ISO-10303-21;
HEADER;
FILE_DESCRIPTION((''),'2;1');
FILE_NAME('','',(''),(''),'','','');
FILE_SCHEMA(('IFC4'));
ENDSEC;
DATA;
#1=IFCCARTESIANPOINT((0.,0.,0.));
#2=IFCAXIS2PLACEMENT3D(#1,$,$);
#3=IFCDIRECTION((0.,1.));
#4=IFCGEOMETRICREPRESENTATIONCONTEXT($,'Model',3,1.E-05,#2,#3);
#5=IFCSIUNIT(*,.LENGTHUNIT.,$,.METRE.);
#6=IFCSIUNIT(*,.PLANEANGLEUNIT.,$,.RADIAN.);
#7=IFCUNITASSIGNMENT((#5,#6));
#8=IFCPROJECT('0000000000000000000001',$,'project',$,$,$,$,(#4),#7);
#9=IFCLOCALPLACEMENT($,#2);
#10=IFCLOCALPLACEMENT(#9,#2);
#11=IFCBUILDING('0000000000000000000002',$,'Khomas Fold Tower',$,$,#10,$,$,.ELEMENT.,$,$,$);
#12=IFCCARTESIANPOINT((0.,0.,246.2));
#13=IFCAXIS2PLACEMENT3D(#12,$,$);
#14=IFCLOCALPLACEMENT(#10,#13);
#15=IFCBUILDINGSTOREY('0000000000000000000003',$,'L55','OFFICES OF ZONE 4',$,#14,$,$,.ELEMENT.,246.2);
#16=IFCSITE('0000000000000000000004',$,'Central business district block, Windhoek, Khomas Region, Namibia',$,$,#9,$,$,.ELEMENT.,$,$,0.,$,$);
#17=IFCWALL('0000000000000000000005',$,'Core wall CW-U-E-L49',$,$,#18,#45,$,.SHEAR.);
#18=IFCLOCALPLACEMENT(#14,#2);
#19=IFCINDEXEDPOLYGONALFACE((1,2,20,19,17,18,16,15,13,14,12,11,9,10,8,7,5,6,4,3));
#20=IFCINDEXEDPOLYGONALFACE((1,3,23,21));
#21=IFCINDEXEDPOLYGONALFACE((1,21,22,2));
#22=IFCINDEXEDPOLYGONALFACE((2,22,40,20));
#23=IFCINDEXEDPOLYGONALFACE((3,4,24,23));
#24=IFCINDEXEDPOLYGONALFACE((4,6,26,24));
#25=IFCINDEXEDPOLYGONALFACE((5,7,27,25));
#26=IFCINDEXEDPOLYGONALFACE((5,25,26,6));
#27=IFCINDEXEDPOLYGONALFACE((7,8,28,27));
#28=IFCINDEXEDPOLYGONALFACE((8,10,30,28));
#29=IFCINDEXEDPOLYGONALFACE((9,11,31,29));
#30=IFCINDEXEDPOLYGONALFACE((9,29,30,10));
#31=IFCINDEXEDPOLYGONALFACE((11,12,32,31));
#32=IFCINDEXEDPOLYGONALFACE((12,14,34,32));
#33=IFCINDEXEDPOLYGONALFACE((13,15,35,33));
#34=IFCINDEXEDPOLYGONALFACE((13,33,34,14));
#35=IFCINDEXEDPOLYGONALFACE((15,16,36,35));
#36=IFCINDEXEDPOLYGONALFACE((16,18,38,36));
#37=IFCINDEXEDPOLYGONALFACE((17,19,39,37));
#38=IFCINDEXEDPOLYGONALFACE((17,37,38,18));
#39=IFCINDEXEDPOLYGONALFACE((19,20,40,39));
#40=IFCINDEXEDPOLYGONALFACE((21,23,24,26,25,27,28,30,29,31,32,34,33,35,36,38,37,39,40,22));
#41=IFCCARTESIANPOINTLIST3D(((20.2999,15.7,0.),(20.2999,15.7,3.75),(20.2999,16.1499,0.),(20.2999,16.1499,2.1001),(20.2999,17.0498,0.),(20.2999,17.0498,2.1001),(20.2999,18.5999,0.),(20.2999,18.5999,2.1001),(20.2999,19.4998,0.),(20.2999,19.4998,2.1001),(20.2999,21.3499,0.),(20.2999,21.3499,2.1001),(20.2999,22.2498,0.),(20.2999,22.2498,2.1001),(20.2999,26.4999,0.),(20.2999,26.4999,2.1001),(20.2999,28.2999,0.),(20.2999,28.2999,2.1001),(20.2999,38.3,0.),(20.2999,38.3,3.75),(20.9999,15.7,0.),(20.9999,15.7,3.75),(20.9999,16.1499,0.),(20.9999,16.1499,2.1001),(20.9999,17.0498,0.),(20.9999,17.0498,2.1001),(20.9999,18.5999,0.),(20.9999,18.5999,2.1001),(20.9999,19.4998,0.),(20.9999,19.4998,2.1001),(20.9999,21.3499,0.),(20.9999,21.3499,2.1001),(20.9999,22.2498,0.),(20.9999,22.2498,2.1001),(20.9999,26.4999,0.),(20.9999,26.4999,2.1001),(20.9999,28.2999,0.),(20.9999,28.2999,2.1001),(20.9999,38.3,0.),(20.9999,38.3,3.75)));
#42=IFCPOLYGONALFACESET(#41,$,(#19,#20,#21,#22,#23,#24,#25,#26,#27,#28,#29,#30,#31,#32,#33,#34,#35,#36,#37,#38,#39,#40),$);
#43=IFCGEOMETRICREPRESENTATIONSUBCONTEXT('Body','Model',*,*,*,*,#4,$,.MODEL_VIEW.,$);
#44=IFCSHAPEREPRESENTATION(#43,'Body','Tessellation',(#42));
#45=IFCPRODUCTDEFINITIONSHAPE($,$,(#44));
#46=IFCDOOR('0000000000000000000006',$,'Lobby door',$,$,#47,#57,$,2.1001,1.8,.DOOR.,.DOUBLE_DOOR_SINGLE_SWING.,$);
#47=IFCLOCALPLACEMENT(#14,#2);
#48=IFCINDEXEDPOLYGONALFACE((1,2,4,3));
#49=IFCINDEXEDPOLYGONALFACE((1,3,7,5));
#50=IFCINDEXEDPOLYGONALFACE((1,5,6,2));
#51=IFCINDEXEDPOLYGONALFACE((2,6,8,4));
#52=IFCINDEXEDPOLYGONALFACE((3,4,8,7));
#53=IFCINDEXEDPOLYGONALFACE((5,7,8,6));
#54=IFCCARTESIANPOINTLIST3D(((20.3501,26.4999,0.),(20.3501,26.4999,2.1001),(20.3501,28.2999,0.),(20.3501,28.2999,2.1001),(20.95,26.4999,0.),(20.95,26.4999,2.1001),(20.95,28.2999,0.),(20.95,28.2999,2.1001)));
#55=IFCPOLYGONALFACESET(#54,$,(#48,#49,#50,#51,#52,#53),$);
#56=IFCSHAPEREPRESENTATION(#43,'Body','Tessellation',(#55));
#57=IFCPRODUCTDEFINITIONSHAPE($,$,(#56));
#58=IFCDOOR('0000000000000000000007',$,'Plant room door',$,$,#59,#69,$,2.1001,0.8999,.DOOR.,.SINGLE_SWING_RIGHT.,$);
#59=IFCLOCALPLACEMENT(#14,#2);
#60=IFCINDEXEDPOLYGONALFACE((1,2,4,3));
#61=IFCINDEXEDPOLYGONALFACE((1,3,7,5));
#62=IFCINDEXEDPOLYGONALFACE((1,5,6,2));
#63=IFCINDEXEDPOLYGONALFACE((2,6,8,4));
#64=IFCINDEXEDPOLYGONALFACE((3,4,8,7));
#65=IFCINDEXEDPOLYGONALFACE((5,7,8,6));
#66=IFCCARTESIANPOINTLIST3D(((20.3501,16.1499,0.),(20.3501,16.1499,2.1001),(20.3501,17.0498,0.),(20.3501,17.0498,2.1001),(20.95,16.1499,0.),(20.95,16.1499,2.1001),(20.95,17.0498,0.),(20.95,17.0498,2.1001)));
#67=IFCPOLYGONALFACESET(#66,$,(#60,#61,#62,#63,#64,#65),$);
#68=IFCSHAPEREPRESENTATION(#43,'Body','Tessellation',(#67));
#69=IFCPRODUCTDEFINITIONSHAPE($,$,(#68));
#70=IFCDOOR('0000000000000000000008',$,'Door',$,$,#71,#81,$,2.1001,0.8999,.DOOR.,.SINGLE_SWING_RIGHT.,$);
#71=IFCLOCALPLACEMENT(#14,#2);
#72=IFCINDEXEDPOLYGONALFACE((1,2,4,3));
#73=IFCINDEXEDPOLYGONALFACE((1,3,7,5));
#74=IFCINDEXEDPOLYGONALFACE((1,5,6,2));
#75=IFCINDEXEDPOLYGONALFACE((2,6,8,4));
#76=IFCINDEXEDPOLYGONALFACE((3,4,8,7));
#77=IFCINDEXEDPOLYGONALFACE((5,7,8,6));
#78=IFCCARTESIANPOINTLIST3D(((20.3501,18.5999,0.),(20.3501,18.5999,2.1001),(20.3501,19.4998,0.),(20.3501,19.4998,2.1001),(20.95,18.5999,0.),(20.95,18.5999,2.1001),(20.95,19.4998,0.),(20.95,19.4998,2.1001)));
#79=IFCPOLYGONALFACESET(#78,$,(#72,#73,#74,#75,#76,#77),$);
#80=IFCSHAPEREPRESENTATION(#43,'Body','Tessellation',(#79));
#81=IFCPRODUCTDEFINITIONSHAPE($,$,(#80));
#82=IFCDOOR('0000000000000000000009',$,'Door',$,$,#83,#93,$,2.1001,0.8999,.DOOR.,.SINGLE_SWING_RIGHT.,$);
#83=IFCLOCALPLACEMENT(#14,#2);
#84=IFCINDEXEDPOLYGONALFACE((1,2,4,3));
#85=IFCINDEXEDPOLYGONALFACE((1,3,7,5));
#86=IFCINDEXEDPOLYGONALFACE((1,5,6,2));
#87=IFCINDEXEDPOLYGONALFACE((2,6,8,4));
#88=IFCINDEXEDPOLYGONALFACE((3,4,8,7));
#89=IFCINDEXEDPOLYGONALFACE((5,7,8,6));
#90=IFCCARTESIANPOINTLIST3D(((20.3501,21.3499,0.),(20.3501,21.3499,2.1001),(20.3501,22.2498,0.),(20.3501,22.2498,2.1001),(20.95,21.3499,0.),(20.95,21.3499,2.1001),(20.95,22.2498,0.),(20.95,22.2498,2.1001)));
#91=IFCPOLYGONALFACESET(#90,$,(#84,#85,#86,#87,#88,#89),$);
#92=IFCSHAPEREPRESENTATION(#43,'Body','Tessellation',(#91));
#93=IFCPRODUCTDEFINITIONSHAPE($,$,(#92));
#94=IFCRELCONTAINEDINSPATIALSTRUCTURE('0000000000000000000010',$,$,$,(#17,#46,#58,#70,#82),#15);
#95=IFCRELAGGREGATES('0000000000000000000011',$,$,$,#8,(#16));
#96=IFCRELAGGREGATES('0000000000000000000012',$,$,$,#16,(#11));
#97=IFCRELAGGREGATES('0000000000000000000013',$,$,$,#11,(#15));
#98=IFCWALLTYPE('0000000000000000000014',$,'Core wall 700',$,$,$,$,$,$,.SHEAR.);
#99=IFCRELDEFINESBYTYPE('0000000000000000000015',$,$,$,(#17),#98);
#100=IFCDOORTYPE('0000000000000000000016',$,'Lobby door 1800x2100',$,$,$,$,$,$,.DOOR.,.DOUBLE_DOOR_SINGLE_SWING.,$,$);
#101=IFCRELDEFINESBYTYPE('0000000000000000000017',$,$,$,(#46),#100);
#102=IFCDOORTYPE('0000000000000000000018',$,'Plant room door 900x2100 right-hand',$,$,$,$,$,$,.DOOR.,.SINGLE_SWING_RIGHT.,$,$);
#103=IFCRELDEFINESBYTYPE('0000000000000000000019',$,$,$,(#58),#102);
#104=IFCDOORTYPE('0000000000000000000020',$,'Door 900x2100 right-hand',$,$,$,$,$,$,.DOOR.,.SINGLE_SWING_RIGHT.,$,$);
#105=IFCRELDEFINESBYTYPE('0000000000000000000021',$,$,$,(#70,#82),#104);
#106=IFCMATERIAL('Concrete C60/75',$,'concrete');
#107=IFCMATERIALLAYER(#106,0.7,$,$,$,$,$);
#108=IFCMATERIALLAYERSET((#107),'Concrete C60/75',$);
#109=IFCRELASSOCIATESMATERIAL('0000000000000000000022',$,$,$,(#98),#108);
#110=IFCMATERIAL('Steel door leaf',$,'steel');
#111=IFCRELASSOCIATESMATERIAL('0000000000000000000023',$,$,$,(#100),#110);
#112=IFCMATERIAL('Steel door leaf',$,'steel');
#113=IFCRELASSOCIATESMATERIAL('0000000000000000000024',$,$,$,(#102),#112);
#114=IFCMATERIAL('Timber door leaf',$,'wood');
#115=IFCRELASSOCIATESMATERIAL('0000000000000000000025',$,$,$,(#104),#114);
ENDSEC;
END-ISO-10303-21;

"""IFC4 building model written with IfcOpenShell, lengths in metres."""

from ifc_helpers import new_model, si_unit, direction, frame, frame_2d, origin, place, context, subcontext, project, spatial, rectangle, extrude, source, transform, mapped, material, layer, layer_set, type_object, element, fill, save


model = new_model("IFC4")

# Units and contexts
model_context = context("Model", 3, precision=1e-05, world=origin(), true_north=direction((0.0, 1.0)))
body_context = subcontext(model_context, "Body", "Model", "MODEL_VIEW")
ifc_project = project(units=[si_unit("LENGTHUNIT", "METRE"), si_unit("PLANEANGLEUNIT", "RADIAN")], contexts=[model_context])

# Site, building, storey
site_placement = place(None, origin())
site = spatial("IfcSite", under=ifc_project, at=site_placement, Name="Central business district block, Windhoek, Khomas Region, Namibia", CompositionType="ELEMENT", RefElevation=0.0)
building_placement = place(site_placement, origin())
building = spatial("IfcBuilding", under=site, at=building_placement, Name="Khomas Fold Tower", CompositionType="ELEMENT")
storey_placement = place(building_placement, frame((0.0, 0.0, 246.2)))
storey = spatial("IfcBuildingStorey", under=building, at=storey_placement, Name="L55", Description="OFFICES OF ZONE 4", CompositionType="ELEMENT", Elevation=246.2)

# Wall, openings, doors
ifc_material_1 = material(Name="Concrete C60/75", Category="concrete")
ifc_layer_1 = layer(ifc_material_1, 0.7)
ifc_layer_set_1 = layer_set([ifc_layer_1], Name="Concrete C60/75")
wall_type_1 = type_object("IfcWallType", Name="Core wall 700", PredefinedType="SHEAR", material=ifc_layer_set_1)
shared_shape_1 = source(origin(), body_context, "Body", "SweptSolid", [
    extrude(rectangle(XDim=22.6001, YDim=0.7, at=frame_2d((11.3, 0.0))), origin(), (0.0, 0.0, 1.0), 3.75),
])
wall_1_placement = place(storey_placement, frame((20.6499, 15.7, 0.0), z_axis=(0.0, 0.0, 1.0), x_axis=(0.0, 1.0, 0.0)))
wall_1 = element("IfcWall", 1, at=wall_1_placement, inside=storey, type_object=wall_type_1, Name="Core wall CW-U-E-L49", PredefinedType="SHEAR", context=body_context, shape_type="MappedRepresentation", body=[
    mapped(shared_shape_1, transform((0.0, 0.0, 0.0))),
])
shared_shape_2 = source(origin(), body_context, "Body", "SweptSolid", [
    extrude(rectangle(XDim=1.8, YDim=2.1001, at=frame_2d((0.8999, 1.05))), frame((0.0, 0.3599, 0.0), z_axis=(0.0, -1.0, 0.0), x_axis=(1.0, 0.0, 0.0)), (0.0, 0.0, 1.0), 0.72),
])
opening_1_placement = place(wall_1_placement, frame((10.8, 0.0, 0.0)))
opening_1 = element("IfcOpeningElement", 2, at=opening_1_placement, cuts=wall_1, PredefinedType="OPENING", context=body_context, shape_type="MappedRepresentation", body=[
    mapped(shared_shape_2, transform((0.0, 0.0, 0.0))),
])
shared_shape_3 = source(origin(), body_context, "Body", "SweptSolid", [
    extrude(rectangle(XDim=0.8999, YDim=2.1001, at=frame_2d((0.45, 1.05))), frame((0.0, 0.3599, 0.0), z_axis=(0.0, -1.0, 0.0), x_axis=(1.0, 0.0, 0.0)), (0.0, 0.0, 1.0), 0.72),
])
opening_2_placement = place(wall_1_placement, frame((0.45, 0.0, 0.0)))
opening_2 = element("IfcOpeningElement", 3, at=opening_2_placement, cuts=wall_1, PredefinedType="OPENING", context=body_context, shape_type="MappedRepresentation", body=[
    mapped(shared_shape_3, transform((0.0, 0.0, 0.0))),
])
opening_3_placement = place(wall_1_placement, frame((2.8999, 0.0, 0.0)))
opening_3 = element("IfcOpeningElement", 4, at=opening_3_placement, cuts=wall_1, PredefinedType="OPENING", context=body_context, shape_type="MappedRepresentation", body=[
    mapped(shared_shape_3, transform((0.0, 0.0, 0.0))),
])
opening_4_placement = place(wall_1_placement, frame((5.6499, 0.0, 0.0)))
opening_4 = element("IfcOpeningElement", 5, at=opening_4_placement, cuts=wall_1, PredefinedType="OPENING", context=body_context, shape_type="MappedRepresentation", body=[
    mapped(shared_shape_3, transform((0.0, 0.0, 0.0))),
])
ifc_material_2 = material(Name="Steel door leaf", Category="steel")
door_type_1 = type_object("IfcDoorType", Name="Lobby door 1800x2100", OperationType="DOUBLE_DOOR_SINGLE_SWING", PredefinedType="DOOR", material=ifc_material_2)
shared_shape_4 = source(origin(), body_context, "Body", "SweptSolid", [
    extrude(rectangle(XDim=1.8, YDim=2.1001, at=frame_2d((0.8999, 1.05))), frame((0.0, 0.2998, 0.0), z_axis=(0.0, -1.0, 0.0), x_axis=(1.0, 0.0, 0.0)), (0.0, 0.0, 1.0), 0.5999),
])
door_1_placement = place(opening_1_placement, origin())
door_1 = element("IfcDoor", 6, at=door_1_placement, inside=storey, type_object=door_type_1, Name="Lobby door", OperationType="DOUBLE_DOOR_SINGLE_SWING", OverallHeight=2.1001, OverallWidth=1.8, PredefinedType="DOOR", context=body_context, shape_type="MappedRepresentation", body=[
    mapped(shared_shape_4, transform((0.0, 0.0, 0.0))),
])
fill(opening_1, door_1)
ifc_material_3 = material(Name="Steel door leaf", Category="steel")
door_type_2 = type_object("IfcDoorType", Name="Plant room door 900x2100 right-hand", OperationType="SINGLE_SWING_RIGHT", PredefinedType="DOOR", material=ifc_material_3)
shared_shape_5 = source(origin(), body_context, "Body", "SweptSolid", [
    extrude(rectangle(XDim=0.8999, YDim=2.1001, at=frame_2d((0.45, 1.05))), frame((0.0, 0.2998, 0.0), z_axis=(0.0, -1.0, 0.0), x_axis=(1.0, 0.0, 0.0)), (0.0, 0.0, 1.0), 0.5999),
])
door_2_placement = place(opening_2_placement, origin())
door_2 = element("IfcDoor", 7, at=door_2_placement, inside=storey, type_object=door_type_2, Name="Plant room door", OperationType="SINGLE_SWING_RIGHT", OverallHeight=2.1001, OverallWidth=0.8999, PredefinedType="DOOR", context=body_context, shape_type="MappedRepresentation", body=[
    mapped(shared_shape_5, transform((0.0, 0.0, 0.0))),
])
fill(opening_2, door_2)
ifc_material_4 = material(Name="Timber door leaf", Category="wood")
door_type_3 = type_object("IfcDoorType", Name="Door 900x2100 right-hand", OperationType="SINGLE_SWING_RIGHT", PredefinedType="DOOR", material=ifc_material_4)
door_3_placement = place(opening_3_placement, origin())
door_3 = element("IfcDoor", 8, at=door_3_placement, inside=storey, type_object=door_type_3, Name="Door", OperationType="SINGLE_SWING_RIGHT", OverallHeight=2.1001, OverallWidth=0.8999, PredefinedType="DOOR", context=body_context, shape_type="MappedRepresentation", body=[
    mapped(shared_shape_5, transform((0.0, 0.0, 0.0))),
])
fill(opening_3, door_3)
door_4_placement = place(opening_4_placement, origin())
door_4 = element("IfcDoor", 9, at=door_4_placement, inside=storey, type_object=door_type_3, Name="Door", OperationType="SINGLE_SWING_RIGHT", OverallHeight=2.1001, OverallWidth=0.8999, PredefinedType="DOOR", context=body_context, shape_type="MappedRepresentation", body=[
    mapped(shared_shape_5, transform((0.0, 0.0, 0.0))),
])
fill(opening_4, door_4)

save(model, "model.ifc")
